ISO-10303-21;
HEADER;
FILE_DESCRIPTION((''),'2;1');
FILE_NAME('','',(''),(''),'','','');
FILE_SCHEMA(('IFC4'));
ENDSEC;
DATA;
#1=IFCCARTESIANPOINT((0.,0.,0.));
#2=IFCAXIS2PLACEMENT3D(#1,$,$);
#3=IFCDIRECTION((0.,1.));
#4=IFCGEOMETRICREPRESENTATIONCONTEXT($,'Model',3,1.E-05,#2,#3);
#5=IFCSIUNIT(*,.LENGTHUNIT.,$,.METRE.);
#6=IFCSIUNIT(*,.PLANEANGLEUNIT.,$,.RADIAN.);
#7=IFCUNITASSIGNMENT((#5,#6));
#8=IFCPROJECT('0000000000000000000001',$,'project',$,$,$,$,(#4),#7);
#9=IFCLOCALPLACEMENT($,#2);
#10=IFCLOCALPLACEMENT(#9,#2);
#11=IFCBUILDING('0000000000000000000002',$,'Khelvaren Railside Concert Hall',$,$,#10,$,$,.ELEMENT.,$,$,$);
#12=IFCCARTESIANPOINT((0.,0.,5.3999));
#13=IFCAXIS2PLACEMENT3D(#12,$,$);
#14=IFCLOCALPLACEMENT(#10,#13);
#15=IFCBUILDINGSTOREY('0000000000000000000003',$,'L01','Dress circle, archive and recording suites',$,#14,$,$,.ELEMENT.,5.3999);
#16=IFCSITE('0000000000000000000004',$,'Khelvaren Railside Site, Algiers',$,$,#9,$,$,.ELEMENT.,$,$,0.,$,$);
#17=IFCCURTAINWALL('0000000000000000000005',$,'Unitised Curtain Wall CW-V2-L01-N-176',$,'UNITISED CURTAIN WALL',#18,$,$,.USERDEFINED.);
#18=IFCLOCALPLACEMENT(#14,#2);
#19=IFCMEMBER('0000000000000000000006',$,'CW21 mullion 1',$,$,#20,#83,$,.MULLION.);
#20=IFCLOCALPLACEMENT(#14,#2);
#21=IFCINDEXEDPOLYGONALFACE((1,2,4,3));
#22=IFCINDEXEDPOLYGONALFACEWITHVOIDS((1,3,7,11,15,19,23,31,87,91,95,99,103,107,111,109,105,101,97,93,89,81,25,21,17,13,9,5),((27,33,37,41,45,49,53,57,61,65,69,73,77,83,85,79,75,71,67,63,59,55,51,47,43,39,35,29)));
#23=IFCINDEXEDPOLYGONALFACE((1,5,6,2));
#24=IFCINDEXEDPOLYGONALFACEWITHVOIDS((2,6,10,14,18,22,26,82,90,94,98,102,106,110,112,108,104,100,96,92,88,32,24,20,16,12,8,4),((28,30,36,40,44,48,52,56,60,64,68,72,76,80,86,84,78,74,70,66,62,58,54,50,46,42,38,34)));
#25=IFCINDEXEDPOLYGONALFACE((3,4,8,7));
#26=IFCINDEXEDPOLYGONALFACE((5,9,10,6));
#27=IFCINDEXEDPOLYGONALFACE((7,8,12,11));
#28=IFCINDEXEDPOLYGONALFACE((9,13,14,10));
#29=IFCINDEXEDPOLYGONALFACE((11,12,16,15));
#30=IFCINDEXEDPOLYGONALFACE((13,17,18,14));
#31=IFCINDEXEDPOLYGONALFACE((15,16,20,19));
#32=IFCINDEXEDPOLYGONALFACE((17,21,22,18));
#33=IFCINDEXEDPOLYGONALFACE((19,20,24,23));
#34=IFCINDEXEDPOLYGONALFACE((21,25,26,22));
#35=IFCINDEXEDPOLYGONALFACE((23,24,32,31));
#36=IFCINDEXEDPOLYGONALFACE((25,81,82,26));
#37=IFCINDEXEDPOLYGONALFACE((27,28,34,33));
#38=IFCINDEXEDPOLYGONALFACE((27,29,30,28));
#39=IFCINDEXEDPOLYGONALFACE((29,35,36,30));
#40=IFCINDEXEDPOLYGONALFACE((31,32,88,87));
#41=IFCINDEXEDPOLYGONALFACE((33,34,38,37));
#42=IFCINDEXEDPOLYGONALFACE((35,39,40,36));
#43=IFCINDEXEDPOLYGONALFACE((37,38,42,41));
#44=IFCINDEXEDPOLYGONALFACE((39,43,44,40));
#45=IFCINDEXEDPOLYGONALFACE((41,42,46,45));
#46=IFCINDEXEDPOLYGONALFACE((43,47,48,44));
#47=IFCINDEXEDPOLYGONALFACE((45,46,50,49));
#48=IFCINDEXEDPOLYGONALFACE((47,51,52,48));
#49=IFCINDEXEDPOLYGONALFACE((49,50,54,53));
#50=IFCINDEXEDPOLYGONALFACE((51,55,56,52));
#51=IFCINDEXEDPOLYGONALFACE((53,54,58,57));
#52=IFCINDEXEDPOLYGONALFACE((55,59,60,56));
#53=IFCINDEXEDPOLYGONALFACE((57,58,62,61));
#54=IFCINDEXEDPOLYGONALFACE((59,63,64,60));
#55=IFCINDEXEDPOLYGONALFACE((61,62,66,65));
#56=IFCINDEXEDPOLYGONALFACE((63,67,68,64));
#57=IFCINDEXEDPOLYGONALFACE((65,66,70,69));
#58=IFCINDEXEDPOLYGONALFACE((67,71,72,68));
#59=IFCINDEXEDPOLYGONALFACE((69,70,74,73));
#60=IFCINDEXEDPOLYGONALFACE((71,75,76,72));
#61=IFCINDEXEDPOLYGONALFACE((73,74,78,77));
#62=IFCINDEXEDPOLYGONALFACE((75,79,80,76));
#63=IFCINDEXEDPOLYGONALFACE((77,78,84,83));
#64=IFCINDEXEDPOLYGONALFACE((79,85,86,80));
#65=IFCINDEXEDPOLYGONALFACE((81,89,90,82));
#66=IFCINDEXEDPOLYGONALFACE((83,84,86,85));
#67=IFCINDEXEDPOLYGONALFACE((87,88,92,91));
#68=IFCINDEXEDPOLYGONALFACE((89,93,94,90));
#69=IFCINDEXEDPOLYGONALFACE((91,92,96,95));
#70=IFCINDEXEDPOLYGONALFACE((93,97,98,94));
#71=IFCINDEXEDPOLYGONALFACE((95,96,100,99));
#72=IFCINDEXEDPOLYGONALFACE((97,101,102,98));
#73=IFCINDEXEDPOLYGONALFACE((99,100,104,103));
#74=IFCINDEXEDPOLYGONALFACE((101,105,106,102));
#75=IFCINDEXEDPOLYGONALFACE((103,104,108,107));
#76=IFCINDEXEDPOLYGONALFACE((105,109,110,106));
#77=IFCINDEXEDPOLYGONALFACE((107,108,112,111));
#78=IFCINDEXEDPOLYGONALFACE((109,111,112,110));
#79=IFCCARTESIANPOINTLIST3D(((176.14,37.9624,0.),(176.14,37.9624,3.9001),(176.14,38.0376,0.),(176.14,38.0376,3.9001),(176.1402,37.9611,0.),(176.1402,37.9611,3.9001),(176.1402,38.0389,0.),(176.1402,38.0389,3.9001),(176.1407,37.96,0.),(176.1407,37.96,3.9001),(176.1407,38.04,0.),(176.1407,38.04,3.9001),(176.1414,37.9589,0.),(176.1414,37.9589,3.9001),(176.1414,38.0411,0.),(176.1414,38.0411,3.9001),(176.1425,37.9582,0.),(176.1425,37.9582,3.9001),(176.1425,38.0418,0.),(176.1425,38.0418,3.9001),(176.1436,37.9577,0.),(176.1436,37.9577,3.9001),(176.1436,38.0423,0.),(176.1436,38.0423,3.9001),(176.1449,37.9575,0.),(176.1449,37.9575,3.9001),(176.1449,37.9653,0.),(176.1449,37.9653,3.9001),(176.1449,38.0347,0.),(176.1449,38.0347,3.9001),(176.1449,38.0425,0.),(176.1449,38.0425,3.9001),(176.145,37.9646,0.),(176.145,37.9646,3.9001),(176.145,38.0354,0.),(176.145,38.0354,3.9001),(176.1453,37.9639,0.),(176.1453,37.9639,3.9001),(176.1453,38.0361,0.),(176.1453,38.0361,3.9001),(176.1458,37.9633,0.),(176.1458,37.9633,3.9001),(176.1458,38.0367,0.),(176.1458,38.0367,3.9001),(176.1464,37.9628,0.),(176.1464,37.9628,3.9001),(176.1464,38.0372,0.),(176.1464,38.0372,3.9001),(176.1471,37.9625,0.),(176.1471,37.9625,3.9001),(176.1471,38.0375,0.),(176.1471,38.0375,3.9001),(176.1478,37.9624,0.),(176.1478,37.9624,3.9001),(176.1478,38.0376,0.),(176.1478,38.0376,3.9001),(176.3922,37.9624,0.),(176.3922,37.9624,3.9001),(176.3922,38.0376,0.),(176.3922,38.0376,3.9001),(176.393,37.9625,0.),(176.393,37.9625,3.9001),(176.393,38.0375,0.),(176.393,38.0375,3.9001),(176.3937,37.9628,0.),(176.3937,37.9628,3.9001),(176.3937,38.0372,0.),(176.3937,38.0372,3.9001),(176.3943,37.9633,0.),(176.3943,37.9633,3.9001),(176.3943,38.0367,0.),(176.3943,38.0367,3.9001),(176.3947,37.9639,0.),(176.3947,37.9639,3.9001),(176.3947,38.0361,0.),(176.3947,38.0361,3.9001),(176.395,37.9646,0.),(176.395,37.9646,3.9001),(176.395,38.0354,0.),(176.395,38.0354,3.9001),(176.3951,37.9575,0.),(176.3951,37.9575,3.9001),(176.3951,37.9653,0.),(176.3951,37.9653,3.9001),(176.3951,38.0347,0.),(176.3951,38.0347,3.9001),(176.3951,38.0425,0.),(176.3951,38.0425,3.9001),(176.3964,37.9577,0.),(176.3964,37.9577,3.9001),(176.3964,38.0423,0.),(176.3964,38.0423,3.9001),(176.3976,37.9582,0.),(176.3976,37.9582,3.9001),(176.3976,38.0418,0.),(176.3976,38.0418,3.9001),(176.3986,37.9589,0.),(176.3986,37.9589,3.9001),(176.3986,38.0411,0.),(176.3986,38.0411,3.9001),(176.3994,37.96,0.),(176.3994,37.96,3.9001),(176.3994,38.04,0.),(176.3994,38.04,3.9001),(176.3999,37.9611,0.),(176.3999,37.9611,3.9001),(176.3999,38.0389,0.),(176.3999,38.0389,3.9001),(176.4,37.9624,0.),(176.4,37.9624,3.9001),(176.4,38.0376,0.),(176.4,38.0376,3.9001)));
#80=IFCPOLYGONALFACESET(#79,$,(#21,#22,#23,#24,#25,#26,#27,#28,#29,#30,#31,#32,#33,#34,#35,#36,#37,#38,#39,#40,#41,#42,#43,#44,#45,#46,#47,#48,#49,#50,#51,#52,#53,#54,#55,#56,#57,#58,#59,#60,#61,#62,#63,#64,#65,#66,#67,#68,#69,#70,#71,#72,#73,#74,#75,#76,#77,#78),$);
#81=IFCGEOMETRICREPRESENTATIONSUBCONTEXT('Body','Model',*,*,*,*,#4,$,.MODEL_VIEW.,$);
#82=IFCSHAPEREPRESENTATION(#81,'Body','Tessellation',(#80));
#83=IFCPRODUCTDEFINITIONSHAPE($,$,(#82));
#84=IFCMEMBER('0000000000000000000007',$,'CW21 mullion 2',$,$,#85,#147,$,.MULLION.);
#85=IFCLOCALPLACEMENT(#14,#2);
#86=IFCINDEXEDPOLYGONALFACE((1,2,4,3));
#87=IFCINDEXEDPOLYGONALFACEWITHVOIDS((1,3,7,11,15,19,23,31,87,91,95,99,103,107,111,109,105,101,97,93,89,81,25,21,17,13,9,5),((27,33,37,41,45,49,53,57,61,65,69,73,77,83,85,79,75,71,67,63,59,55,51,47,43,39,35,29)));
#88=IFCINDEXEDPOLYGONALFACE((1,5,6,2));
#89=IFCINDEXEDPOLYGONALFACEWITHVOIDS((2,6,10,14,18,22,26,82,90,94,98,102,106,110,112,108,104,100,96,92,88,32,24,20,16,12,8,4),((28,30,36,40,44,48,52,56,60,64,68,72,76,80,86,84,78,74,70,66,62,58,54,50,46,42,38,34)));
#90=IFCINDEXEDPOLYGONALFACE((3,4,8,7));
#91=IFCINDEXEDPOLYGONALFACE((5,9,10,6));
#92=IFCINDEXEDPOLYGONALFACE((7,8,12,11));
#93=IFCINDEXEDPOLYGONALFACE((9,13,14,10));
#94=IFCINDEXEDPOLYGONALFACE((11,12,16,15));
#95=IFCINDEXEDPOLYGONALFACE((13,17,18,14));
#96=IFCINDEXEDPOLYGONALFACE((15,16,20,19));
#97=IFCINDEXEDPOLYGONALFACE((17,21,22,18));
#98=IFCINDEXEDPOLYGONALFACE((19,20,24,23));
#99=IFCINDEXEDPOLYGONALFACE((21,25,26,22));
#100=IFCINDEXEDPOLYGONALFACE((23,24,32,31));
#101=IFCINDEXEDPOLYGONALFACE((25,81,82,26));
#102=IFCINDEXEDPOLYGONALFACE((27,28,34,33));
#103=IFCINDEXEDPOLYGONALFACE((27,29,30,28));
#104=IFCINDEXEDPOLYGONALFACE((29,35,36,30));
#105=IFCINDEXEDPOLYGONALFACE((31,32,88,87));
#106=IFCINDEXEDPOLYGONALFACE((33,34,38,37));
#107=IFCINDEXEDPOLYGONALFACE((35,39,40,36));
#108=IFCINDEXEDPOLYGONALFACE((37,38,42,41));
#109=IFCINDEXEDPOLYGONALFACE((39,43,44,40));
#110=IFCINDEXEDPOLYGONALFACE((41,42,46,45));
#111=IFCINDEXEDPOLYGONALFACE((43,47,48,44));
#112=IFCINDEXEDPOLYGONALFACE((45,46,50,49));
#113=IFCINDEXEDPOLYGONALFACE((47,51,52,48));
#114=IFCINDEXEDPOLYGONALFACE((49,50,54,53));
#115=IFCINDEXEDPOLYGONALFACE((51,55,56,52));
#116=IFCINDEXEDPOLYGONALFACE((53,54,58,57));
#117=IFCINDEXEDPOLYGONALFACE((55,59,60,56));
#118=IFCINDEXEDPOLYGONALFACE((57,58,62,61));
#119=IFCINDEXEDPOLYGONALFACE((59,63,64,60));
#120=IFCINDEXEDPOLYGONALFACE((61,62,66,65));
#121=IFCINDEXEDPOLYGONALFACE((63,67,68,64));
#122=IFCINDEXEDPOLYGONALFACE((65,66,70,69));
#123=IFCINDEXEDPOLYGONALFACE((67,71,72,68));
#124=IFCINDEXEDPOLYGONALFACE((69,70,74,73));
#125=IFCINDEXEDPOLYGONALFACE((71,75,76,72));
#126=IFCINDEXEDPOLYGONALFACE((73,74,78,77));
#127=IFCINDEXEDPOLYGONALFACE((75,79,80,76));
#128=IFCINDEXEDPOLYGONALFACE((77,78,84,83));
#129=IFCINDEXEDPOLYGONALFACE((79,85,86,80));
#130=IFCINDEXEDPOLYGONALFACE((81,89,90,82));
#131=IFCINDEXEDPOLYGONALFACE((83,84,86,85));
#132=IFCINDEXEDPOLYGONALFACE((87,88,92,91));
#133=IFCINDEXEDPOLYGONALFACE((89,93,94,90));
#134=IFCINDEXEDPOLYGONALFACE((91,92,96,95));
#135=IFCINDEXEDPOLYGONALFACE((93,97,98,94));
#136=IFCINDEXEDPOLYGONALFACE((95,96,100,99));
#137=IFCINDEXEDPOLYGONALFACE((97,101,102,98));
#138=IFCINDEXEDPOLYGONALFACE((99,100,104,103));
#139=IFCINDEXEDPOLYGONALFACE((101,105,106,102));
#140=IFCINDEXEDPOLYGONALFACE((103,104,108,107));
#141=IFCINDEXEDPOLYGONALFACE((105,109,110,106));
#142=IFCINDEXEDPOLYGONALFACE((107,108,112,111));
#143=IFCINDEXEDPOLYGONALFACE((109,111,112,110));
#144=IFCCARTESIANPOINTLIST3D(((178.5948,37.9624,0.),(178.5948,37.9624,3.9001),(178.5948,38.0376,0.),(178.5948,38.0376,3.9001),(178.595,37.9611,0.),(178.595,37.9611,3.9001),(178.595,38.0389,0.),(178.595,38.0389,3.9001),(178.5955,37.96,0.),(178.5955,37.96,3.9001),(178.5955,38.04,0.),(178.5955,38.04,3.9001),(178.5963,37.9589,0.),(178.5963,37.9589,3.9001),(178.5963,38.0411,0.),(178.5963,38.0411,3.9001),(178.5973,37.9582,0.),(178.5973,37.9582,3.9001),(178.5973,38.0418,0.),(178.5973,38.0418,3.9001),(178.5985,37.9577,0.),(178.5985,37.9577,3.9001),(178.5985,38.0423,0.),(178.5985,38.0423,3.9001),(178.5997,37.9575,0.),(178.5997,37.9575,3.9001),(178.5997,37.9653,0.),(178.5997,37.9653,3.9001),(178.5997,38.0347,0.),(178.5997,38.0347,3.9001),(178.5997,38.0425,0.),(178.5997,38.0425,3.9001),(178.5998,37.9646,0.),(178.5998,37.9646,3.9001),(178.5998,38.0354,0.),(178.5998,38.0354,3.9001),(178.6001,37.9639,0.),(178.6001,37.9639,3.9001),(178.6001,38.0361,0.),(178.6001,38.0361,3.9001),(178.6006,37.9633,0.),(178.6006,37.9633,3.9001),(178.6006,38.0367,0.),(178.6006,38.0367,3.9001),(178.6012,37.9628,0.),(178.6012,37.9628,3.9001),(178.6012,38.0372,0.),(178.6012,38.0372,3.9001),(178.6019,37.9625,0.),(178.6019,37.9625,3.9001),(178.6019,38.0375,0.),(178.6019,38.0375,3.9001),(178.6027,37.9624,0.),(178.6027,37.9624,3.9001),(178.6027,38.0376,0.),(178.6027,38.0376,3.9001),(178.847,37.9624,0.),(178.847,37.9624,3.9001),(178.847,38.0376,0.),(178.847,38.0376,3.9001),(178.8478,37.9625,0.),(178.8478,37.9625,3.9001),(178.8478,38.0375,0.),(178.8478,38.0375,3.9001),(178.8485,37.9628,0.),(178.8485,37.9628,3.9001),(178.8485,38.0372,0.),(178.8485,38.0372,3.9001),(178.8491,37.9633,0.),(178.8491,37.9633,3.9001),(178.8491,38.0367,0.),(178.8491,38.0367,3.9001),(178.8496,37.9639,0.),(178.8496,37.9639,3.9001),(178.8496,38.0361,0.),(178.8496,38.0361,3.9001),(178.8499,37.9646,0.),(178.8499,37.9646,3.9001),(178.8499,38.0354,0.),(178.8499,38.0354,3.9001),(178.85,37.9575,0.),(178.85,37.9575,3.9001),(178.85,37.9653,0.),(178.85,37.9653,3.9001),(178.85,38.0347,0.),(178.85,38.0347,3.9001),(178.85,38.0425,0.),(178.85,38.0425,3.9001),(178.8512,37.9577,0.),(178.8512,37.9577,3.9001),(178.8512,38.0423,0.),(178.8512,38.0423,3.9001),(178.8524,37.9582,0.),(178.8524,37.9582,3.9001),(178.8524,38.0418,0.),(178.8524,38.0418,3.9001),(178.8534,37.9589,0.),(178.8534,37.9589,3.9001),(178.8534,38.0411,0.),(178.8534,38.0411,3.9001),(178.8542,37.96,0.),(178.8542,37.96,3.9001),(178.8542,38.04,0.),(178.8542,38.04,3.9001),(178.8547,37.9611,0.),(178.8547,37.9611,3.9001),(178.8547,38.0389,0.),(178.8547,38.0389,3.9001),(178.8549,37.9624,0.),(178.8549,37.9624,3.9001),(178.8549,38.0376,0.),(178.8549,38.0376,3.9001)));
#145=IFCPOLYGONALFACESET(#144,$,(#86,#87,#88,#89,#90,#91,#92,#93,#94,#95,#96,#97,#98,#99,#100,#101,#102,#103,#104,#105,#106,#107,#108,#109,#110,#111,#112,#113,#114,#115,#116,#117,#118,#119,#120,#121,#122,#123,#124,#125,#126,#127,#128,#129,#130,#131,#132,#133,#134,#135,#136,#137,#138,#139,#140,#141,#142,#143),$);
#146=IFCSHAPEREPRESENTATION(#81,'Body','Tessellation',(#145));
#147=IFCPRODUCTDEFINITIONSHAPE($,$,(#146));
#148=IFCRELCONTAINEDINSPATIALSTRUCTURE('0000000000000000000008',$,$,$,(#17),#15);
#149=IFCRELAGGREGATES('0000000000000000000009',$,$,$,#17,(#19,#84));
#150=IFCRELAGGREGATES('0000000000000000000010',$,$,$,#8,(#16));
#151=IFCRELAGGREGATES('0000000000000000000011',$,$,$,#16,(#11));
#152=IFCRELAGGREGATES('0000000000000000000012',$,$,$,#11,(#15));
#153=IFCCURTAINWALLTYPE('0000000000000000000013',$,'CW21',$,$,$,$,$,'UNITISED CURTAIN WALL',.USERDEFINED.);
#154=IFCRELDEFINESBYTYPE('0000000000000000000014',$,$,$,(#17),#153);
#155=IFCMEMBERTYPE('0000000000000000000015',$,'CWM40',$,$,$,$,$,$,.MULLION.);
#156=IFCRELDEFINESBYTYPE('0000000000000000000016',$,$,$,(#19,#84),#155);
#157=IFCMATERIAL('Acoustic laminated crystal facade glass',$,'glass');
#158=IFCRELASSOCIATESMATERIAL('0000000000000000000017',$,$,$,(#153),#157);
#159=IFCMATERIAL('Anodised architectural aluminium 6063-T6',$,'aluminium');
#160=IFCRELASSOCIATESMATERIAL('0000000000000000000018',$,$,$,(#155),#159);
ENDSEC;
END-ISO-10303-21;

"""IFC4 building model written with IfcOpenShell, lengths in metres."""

from ifc_helpers import new_model, si_unit, direction, frame, origin, origin_2d, place, context, subcontext, project, spatial, hollow_rectangle, extrude, material, material_profile, profile_set, type_object, element, aggregate, save


model = new_model("IFC4")

# Units and contexts
model_context = context("Model", 3, precision=1e-05, world=origin(), true_north=direction((0.0, 1.0)))
body_context = subcontext(model_context, "Body", "Model", "MODEL_VIEW")
ifc_project = project(units=[si_unit("LENGTHUNIT", "METRE"), si_unit("PLANEANGLEUNIT", "RADIAN")], contexts=[model_context])

# Site, building, storey
site_placement = place(None, origin())
site = spatial("IfcSite", under=ifc_project, at=site_placement, Name="Khelvaren Railside Site, Algiers", CompositionType="ELEMENT", RefElevation=0.0)
building_placement = place(site_placement, origin())
building = spatial("IfcBuilding", under=site, at=building_placement, Name="Khelvaren Railside Concert Hall", CompositionType="ELEMENT")
storey_placement = place(building_placement, frame((0.0, 0.0, 5.3999)))
storey = spatial("IfcBuildingStorey", under=building, at=storey_placement, Name="L01", Description="Dress circle, archive and recording suites", CompositionType="ELEMENT", Elevation=5.3999)

# Curtain wall, members
ifc_material_1 = material(Name="Acoustic laminated crystal facade glass", Category="glass")
curtain_wall_type = type_object("IfcCurtainWallType", Name="CW21", ElementType="UNITISED CURTAIN WALL", PredefinedType="USERDEFINED", material=ifc_material_1)
curtain_wall_placement = place(storey_placement, origin())
curtain_wall = element("IfcCurtainWall", 1, at=curtain_wall_placement, inside=storey, type_object=curtain_wall_type, Name="Unitised Curtain Wall CW-V2-L01-N-176", ObjectType="UNITISED CURTAIN WALL", PredefinedType="USERDEFINED")
ifc_material_2 = material(Name="Anodised architectural aluminium 6063-T6", Category="aluminium")
ifc_material_profile_1 = material_profile(ifc_material_2, hollow_rectangle(XDim=0.085, YDim=0.26, WallThickness=0.0049, InnerFilletRadius=0.0029, OuterFilletRadius=0.0049, at=origin_2d()), Name="CWM 85x260x5")
ifc_profile_set_1 = profile_set([ifc_material_profile_1], Name="Anodised architectural aluminium 6063-T6")
member_type_1 = type_object("IfcMemberType", Name="CWM40", PredefinedType="MULLION", material=ifc_profile_set_1)
member_1_placement = place(storey_placement, frame((176.27, 38.0, 0.0), z_axis=(0.0, 0.0, 1.0), x_axis=(0.0, 1.0, 0.0)))
member_1 = element("IfcMember", 2, at=member_1_placement, type_object=member_type_1, Name="CW21 mullion 1", PredefinedType="MULLION", context=body_context, shape_type="SweptSolid", body=[
    extrude(hollow_rectangle(XDim=0.085, YDim=0.26, WallThickness=0.0049, InnerFilletRadius=0.0029, OuterFilletRadius=0.0049, at=origin_2d()), origin(), (0.0, 0.0, 1.0), 3.9001),
])
member_2_placement = place(storey_placement, frame((178.7249, 38.0, 0.0), z_axis=(0.0, 0.0, 1.0), x_axis=(0.0, 1.0, 0.0)))
member_2 = element("IfcMember", 3, at=member_2_placement, type_object=member_type_1, Name="CW21 mullion 2", PredefinedType="MULLION", context=body_context, shape_type="SweptSolid", body=[
    extrude(hollow_rectangle(XDim=0.085, YDim=0.26, WallThickness=0.0049, InnerFilletRadius=0.0029, OuterFilletRadius=0.0049, at=origin_2d()), origin(), (0.0, 0.0, 1.0), 3.9001),
])

aggregate(curtain_wall, [member_1, member_2])

save(model, "model.ifc")
